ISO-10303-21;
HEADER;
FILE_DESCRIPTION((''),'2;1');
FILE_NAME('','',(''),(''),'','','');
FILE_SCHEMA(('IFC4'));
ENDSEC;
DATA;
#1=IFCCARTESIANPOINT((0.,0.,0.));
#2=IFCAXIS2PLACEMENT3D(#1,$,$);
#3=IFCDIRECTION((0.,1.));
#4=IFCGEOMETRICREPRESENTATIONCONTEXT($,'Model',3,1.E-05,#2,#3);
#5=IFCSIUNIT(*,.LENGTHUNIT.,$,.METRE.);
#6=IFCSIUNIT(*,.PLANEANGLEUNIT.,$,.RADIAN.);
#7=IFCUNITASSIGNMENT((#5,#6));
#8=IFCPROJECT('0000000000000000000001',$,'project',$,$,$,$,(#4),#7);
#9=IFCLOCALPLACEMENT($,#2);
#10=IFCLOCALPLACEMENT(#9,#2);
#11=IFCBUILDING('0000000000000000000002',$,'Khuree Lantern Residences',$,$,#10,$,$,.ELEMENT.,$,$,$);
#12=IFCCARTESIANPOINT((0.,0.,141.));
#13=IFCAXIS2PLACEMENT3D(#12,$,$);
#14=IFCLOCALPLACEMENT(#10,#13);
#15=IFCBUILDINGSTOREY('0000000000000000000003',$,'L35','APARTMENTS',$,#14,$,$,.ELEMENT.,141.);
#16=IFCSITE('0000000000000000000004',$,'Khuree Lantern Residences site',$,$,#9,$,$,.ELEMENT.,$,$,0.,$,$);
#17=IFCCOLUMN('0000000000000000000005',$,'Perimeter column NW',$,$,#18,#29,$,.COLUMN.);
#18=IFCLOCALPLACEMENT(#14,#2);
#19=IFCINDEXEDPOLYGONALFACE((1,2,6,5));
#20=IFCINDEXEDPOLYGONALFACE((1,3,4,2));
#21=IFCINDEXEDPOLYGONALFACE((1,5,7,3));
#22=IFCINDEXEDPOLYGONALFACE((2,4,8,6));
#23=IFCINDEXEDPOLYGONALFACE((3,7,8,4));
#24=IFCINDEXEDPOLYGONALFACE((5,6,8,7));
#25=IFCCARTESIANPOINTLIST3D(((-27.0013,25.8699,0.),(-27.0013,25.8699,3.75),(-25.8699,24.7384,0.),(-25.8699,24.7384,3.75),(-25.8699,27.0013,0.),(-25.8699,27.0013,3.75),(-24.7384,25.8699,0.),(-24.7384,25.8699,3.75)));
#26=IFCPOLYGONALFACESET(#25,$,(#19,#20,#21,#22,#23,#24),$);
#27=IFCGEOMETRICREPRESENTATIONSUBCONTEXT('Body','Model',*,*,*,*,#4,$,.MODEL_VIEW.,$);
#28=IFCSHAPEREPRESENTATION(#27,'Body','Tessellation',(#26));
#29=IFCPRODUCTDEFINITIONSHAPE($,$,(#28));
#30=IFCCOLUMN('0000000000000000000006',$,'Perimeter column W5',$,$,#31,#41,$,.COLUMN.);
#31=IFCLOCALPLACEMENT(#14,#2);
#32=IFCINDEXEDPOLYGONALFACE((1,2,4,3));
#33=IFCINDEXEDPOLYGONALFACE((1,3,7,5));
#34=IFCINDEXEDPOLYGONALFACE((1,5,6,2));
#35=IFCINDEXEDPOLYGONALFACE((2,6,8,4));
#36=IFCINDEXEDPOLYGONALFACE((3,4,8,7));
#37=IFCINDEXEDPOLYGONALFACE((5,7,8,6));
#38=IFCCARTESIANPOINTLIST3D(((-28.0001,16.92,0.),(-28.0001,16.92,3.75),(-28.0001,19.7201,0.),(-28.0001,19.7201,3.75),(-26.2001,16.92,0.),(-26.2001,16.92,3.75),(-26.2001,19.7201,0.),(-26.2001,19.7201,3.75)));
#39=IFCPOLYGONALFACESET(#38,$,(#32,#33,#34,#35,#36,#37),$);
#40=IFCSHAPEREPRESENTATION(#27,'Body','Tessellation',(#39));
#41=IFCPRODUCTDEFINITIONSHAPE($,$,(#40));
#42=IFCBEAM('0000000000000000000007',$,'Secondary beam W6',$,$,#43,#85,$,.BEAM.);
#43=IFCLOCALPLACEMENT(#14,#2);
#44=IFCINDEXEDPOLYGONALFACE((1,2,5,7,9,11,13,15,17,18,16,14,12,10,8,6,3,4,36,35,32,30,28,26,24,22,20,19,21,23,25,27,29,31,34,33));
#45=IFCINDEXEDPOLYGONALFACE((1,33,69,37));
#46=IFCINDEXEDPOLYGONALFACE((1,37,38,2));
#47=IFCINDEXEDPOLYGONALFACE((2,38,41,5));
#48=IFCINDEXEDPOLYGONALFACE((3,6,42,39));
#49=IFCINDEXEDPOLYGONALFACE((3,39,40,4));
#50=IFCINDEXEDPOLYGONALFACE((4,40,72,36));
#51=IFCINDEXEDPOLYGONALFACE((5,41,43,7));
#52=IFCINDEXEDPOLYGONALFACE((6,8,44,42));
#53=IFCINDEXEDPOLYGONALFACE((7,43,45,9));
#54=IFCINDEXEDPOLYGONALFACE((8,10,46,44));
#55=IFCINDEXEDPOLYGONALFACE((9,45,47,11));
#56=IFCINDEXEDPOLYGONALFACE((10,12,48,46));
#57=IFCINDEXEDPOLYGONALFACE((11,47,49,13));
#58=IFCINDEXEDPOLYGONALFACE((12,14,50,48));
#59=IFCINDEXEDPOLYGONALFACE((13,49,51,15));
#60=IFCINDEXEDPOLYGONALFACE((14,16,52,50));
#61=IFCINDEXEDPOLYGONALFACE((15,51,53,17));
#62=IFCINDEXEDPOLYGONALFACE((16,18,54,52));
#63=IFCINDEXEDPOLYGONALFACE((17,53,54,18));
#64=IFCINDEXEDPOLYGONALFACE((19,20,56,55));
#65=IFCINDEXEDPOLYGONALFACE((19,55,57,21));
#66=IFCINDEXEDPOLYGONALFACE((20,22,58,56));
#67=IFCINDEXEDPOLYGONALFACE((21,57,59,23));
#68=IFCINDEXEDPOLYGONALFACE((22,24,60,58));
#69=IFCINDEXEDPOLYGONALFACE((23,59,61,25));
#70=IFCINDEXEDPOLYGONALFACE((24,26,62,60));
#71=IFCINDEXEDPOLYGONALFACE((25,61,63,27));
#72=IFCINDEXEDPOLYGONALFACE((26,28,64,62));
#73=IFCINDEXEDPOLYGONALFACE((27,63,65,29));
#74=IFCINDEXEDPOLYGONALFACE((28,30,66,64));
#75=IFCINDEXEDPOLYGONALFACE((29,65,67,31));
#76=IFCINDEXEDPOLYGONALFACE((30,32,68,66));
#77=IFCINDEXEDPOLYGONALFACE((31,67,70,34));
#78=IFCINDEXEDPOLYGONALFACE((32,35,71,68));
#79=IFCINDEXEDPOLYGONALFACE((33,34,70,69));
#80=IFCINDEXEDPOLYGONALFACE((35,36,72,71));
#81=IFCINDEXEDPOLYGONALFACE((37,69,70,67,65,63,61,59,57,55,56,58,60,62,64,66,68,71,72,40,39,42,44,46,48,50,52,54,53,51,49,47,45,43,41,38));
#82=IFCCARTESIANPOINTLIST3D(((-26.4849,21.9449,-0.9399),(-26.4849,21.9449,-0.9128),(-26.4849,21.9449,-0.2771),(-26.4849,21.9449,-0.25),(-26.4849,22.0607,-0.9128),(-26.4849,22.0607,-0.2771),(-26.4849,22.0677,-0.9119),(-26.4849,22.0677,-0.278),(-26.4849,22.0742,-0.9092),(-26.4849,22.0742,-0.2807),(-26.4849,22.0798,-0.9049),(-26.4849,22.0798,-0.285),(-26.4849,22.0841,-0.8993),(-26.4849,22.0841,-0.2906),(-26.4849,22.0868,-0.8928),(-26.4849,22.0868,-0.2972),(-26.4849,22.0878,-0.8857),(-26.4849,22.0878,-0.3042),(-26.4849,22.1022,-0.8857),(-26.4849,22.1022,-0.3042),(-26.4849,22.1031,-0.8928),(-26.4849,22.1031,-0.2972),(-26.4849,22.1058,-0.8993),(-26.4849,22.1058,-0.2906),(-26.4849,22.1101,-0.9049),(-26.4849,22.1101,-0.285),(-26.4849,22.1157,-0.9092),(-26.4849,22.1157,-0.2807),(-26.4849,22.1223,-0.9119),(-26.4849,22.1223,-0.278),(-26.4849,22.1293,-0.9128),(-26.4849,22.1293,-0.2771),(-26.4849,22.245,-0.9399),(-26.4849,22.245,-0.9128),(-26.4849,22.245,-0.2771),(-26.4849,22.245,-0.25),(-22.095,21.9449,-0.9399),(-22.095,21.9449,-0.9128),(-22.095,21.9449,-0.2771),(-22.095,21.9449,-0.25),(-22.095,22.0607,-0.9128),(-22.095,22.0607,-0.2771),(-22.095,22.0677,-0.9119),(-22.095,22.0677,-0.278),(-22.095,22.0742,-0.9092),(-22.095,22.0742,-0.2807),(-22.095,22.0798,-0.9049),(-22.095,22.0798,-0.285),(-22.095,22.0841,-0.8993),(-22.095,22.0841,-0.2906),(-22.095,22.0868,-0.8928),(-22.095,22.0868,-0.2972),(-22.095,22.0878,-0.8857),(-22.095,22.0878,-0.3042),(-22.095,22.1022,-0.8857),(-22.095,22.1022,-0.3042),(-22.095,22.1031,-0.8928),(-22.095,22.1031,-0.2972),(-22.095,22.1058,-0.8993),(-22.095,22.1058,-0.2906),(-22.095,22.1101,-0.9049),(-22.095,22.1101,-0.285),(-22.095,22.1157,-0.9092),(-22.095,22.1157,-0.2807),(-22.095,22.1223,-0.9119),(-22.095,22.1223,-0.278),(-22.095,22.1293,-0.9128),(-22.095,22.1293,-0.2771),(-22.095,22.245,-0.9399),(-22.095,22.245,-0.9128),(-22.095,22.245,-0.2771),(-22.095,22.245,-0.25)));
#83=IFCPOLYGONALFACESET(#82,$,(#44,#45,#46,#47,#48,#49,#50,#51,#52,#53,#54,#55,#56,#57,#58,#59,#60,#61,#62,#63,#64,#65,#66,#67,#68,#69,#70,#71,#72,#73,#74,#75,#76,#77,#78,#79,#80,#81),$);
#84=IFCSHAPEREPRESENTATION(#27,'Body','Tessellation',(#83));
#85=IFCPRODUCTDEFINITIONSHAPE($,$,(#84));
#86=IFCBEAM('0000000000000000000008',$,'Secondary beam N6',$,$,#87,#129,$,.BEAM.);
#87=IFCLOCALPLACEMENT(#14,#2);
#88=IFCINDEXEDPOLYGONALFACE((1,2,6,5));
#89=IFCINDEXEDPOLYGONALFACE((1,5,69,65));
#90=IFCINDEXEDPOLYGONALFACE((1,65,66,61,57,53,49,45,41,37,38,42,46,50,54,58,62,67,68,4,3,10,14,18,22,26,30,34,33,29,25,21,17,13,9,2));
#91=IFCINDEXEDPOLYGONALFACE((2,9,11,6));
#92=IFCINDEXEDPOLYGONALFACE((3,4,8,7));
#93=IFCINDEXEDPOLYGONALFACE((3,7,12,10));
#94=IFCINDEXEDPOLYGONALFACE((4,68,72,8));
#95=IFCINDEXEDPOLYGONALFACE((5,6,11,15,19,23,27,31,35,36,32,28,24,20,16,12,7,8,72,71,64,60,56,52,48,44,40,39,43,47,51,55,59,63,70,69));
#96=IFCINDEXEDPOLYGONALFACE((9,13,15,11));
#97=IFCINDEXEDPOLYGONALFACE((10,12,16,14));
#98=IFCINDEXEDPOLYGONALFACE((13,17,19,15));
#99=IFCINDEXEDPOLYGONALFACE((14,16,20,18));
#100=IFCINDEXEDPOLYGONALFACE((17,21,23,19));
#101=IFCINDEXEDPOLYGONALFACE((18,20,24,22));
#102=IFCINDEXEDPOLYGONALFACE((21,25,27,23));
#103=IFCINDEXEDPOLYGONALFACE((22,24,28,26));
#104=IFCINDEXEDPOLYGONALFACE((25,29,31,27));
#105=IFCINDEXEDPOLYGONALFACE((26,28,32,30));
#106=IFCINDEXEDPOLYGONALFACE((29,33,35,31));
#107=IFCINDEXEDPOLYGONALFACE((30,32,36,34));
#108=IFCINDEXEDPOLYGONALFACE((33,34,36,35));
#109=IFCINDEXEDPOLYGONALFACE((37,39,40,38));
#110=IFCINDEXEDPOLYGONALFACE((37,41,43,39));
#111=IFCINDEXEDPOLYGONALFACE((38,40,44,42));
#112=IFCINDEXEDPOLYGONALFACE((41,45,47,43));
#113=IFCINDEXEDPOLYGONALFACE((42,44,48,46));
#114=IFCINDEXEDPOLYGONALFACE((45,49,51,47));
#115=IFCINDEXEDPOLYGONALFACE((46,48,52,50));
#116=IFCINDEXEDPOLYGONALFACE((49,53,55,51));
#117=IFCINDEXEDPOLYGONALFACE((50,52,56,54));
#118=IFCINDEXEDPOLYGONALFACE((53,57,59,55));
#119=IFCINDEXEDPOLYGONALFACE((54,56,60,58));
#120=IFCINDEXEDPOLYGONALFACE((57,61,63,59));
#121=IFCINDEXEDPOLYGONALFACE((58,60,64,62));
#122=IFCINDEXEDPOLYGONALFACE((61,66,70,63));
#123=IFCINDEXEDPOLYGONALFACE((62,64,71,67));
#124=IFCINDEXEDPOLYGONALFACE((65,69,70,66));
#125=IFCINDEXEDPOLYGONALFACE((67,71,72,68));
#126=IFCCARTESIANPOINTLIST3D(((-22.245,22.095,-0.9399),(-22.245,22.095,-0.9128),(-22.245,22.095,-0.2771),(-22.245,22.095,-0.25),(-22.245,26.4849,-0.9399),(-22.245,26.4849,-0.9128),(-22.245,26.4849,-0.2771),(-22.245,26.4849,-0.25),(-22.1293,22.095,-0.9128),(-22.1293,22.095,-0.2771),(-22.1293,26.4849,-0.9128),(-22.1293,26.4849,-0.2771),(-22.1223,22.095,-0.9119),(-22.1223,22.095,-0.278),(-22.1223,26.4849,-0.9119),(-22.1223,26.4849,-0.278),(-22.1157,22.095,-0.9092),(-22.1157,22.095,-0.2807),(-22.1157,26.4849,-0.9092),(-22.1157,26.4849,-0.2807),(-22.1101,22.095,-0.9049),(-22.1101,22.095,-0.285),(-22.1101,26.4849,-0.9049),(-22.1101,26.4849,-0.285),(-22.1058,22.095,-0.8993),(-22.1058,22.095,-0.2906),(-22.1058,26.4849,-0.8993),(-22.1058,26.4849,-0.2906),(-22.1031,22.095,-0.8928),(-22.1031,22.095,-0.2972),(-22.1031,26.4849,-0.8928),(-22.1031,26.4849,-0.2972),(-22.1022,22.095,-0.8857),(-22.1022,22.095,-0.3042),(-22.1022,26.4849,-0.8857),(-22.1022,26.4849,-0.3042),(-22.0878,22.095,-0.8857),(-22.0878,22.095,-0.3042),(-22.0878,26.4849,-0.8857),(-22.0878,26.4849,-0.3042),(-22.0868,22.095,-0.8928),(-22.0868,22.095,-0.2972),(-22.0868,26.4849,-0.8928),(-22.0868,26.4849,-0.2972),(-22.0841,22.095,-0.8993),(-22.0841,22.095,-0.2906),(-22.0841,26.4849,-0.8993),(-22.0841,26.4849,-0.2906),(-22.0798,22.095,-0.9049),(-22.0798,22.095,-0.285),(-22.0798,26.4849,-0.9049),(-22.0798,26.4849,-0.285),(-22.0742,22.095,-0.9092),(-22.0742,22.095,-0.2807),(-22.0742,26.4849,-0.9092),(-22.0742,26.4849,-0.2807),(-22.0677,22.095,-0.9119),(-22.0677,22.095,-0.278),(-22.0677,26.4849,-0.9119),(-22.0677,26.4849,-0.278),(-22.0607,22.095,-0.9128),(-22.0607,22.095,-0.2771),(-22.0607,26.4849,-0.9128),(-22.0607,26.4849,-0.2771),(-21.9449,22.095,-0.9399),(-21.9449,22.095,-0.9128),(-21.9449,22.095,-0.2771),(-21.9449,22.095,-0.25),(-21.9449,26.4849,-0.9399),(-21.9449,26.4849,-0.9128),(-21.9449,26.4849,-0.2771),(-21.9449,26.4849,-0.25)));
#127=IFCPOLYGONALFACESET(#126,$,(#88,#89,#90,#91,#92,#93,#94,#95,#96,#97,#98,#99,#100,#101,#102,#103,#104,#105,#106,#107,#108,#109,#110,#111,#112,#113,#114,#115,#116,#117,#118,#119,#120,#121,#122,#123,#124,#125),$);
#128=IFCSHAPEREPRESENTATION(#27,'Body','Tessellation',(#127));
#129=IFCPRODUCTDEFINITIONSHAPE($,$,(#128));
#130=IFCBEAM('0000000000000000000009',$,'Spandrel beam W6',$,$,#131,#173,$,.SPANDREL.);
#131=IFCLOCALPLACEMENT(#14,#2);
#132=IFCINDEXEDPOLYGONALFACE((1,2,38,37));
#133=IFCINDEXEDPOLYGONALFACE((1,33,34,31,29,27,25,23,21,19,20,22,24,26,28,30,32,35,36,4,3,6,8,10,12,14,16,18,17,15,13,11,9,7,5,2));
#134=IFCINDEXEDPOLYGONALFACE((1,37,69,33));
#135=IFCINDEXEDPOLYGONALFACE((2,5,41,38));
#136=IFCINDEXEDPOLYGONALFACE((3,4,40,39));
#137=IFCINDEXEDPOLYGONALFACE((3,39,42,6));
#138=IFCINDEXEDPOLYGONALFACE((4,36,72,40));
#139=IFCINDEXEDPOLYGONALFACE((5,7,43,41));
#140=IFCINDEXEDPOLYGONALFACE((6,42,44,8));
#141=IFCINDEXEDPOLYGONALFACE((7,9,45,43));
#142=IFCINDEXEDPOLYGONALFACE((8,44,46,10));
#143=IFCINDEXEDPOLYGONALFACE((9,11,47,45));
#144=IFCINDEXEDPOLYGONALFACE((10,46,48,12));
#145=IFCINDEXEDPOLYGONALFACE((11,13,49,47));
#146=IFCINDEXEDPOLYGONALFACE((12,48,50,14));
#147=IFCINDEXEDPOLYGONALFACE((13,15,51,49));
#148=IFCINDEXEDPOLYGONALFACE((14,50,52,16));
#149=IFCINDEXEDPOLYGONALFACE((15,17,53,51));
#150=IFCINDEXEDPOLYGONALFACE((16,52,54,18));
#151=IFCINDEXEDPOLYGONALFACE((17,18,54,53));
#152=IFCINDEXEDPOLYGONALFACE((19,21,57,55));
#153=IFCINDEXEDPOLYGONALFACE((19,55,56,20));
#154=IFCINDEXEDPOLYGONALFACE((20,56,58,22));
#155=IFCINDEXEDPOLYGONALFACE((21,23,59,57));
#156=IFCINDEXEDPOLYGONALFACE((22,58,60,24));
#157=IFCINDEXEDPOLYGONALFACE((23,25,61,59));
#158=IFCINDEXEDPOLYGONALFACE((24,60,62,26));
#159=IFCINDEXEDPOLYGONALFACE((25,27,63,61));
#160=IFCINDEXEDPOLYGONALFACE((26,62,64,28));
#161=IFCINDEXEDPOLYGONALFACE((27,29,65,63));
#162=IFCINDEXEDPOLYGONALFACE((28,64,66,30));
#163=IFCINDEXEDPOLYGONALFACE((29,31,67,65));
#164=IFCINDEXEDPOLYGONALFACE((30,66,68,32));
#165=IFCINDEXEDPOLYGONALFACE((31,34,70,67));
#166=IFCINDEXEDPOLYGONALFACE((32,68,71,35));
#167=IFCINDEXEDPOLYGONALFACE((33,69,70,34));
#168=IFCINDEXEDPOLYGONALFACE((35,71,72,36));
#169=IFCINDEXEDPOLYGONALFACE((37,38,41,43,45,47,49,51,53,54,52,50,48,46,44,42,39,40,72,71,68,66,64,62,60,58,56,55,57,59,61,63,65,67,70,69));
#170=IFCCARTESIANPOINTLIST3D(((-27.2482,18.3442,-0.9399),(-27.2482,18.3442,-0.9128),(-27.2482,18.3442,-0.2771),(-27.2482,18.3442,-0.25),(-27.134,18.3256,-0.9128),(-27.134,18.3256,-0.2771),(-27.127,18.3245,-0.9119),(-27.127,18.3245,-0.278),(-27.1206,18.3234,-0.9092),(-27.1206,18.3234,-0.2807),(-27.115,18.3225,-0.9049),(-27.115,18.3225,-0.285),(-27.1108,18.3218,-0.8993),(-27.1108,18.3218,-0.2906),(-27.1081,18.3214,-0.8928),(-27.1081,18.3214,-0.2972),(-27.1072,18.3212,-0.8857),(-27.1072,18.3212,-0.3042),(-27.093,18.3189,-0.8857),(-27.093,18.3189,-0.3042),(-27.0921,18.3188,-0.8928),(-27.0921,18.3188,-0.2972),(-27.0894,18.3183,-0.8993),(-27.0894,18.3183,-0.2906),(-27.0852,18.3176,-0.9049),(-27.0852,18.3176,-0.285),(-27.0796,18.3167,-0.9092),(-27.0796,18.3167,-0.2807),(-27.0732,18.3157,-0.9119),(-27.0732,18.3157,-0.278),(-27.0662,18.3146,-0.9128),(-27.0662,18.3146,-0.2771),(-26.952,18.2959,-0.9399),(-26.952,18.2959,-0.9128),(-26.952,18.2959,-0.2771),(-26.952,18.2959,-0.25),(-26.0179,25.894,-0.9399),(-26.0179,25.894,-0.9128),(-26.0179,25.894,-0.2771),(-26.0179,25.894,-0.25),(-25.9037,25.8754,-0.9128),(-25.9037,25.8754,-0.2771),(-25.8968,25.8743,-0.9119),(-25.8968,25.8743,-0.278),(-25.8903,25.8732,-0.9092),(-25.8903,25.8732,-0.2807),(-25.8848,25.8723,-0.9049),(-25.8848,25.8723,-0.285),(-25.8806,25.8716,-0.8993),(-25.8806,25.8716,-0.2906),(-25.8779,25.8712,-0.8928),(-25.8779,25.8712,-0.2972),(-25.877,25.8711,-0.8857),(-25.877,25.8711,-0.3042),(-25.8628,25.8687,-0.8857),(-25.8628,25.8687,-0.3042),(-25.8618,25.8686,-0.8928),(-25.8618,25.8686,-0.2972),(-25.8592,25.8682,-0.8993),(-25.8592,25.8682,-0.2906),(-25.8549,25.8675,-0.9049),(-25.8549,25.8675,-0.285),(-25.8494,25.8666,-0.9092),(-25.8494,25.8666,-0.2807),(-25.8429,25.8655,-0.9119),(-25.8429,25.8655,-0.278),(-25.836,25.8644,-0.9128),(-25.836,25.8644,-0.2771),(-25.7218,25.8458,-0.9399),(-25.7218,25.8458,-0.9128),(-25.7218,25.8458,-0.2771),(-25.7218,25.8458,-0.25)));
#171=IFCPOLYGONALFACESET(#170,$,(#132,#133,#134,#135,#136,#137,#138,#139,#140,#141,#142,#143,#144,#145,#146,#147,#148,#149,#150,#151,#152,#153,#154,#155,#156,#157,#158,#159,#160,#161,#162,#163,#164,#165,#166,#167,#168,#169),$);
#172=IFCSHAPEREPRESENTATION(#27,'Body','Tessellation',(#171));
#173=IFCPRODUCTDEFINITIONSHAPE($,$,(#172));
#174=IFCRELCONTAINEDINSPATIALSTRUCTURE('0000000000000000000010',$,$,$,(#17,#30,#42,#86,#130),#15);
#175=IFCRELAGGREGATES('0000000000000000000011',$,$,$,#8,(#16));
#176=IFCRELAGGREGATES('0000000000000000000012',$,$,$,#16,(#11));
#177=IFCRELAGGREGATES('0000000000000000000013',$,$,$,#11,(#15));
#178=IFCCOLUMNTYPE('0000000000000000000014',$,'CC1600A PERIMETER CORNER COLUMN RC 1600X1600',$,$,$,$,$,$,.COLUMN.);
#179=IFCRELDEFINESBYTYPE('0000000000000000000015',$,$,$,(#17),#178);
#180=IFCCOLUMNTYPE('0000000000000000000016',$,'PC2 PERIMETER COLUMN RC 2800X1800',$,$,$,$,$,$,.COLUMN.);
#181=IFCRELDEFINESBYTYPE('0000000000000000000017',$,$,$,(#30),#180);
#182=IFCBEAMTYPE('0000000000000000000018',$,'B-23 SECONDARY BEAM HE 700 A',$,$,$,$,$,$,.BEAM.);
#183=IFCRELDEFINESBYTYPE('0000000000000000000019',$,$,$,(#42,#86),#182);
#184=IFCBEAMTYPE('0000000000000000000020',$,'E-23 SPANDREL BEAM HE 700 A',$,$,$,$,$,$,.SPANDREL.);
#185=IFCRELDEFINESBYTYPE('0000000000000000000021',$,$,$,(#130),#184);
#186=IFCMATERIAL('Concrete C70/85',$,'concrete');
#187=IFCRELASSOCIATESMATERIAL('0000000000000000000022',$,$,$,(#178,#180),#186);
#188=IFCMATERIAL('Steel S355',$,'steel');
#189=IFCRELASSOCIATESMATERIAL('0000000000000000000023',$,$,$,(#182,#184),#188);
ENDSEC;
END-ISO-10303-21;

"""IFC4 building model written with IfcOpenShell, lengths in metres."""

from ifc_helpers import new_model, si_unit, direction, frame, origin, origin_2d, place, context, subcontext, project, spatial, rectangle, i_section, extrude, material, material_profile, profile_set, type_object, element, save


model = new_model("IFC4")

# Units and contexts
model_context = context("Model", 3, precision=1e-05, world=origin(), true_north=direction((0.0, 1.0)))
body_context = subcontext(model_context, "Body", "Model", "MODEL_VIEW")
ifc_project = project(units=[si_unit("LENGTHUNIT", "METRE"), si_unit("PLANEANGLEUNIT", "RADIAN")], contexts=[model_context])

# Site, building, storey
site_placement = place(None, origin())
site = spatial("IfcSite", under=ifc_project, at=site_placement, Name="Khuree Lantern Residences site", CompositionType="ELEMENT", RefElevation=0.0)
building_placement = place(site_placement, origin())
building = spatial("IfcBuilding", under=site, at=building_placement, Name="Khuree Lantern Residences", CompositionType="ELEMENT")
storey_placement = place(building_placement, frame((0.0, 0.0, 141.0)))
storey = spatial("IfcBuildingStorey", under=building, at=storey_placement, Name="L35", Description="APARTMENTS", CompositionType="ELEMENT", Elevation=141.0)

# Columns
ifc_material_1 = material(Name="Concrete C70/85", Category="concrete")
ifc_material_profile_1 = material_profile(ifc_material_1, rectangle(XDim=1.6001, YDim=1.6001, at=origin_2d()), Name="RC 1600X1600")
ifc_profile_set_1 = profile_set([ifc_material_profile_1], Name="Concrete C70/85")
column_type_1 = type_object("IfcColumnType", Name="CC1600A PERIMETER CORNER COLUMN RC 1600X1600", PredefinedType="COLUMN", material=ifc_profile_set_1)
column_1_placement = place(storey_placement, frame((-25.8699, 25.8699, 0.0), z_axis=(0.0, 0.0, 1.0), x_axis=(0.707107, 0.707107, 0.0)))
element("IfcColumn", 1, at=column_1_placement, inside=storey, type_object=column_type_1, Name="Perimeter column NW", PredefinedType="COLUMN", context=body_context, shape_type="SweptSolid", body=[
    extrude(rectangle(XDim=1.6001, YDim=1.6001, at=origin_2d()), origin(), (0.0, 0.0, 1.0), 3.75),
])
ifc_material_profile_2 = material_profile(ifc_material_1, rectangle(XDim=2.8, YDim=1.8, at=origin_2d()), Name="RC 2800X1800")
ifc_profile_set_2 = profile_set([ifc_material_profile_2], Name="Concrete C70/85")
column_type_2 = type_object("IfcColumnType", Name="PC2 PERIMETER COLUMN RC 2800X1800", PredefinedType="COLUMN", material=ifc_profile_set_2)
column_2_placement = place(storey_placement, frame((-27.1001, 18.3201, 0.0), z_axis=(0.0, 0.0, 1.0), x_axis=(0.0, 1.0, 0.0)))
element("IfcColumn", 2, at=column_2_placement, inside=storey, type_object=column_type_2, Name="Perimeter column W5", PredefinedType="COLUMN", context=body_context, shape_type="SweptSolid", body=[
    extrude(rectangle(XDim=2.8, YDim=1.8, at=origin_2d()), origin(), (0.0, 0.0, 1.0), 3.75),
])

# Beams
ifc_material_2 = material(Name="Steel S355", Category="steel")
ifc_material_profile_3 = material_profile(ifc_material_2, i_section(OverallWidth=0.3, OverallDepth=0.6899, WebThickness=0.0144, FlangeThickness=0.0271, FilletRadius=0.0271, at=origin_2d()), Name="HE 700 A")
ifc_profile_set_3 = profile_set([ifc_material_profile_3], Name="Steel S355")
beam_type_1 = type_object("IfcBeamType", Name="B-23 SECONDARY BEAM HE 700 A", PredefinedType="BEAM", material=ifc_profile_set_3)
for number, where, z_axis, x_axis, name in (
    (3, (-26.4849, 22.095, -0.595), (1.0, 0.0, 0.0), (0.0, 1.0, 0.0), "Secondary beam W6"),
    (4, (-22.095, 26.4849, -0.595), (0.0, -1.0, 0.0), (1.0, 0.0, 0.0), "Secondary beam N6"),
):
    element("IfcBeam", number, at=place(storey_placement, frame(where, z_axis=z_axis, x_axis=x_axis)), inside=storey, type_object=beam_type_1, Name=name, PredefinedType="BEAM", context=body_context, shape_type="SweptSolid", body=[
        extrude(i_section(OverallWidth=0.3, OverallDepth=0.6899, WebThickness=0.0144, FlangeThickness=0.0271, FilletRadius=0.0271, at=origin_2d()), origin(), (0.0, 0.0, 1.0), 4.3899),
    ])
ifc_material_profile_4 = material_profile(ifc_material_2, i_section(OverallWidth=0.3, OverallDepth=0.6899, WebThickness=0.0144, FlangeThickness=0.0271, FilletRadius=0.0271, at=origin_2d()), Name="HE 700 A")
ifc_profile_set_4 = profile_set([ifc_material_profile_4], Name="Steel S355")
beam_type_2 = type_object("IfcBeamType", Name="E-23 SPANDREL BEAM HE 700 A", PredefinedType="SPANDREL", material=ifc_profile_set_4)
for number, where, z_axis, x_axis, name in (
    (5, (-27.1001, 18.3201, -0.595), (0.160827, 0.986983, 0.0), (-0.986983, 0.160827, 0.0), "Spandrel beam W6"),
):
    element("IfcBeam", number, at=place(storey_placement, frame(where, z_axis=z_axis, x_axis=x_axis)), inside=storey, type_object=beam_type_2, Name=name, PredefinedType="SPANDREL", context=body_context, shape_type="SweptSolid", body=[
        extrude(i_section(OverallWidth=0.3, OverallDepth=0.6899, WebThickness=0.0144, FlangeThickness=0.0271, FilletRadius=0.0271, at=origin_2d()), origin(), (0.0, 0.0, 1.0), 7.6494),
    ])

save(model, "model.ifc")
